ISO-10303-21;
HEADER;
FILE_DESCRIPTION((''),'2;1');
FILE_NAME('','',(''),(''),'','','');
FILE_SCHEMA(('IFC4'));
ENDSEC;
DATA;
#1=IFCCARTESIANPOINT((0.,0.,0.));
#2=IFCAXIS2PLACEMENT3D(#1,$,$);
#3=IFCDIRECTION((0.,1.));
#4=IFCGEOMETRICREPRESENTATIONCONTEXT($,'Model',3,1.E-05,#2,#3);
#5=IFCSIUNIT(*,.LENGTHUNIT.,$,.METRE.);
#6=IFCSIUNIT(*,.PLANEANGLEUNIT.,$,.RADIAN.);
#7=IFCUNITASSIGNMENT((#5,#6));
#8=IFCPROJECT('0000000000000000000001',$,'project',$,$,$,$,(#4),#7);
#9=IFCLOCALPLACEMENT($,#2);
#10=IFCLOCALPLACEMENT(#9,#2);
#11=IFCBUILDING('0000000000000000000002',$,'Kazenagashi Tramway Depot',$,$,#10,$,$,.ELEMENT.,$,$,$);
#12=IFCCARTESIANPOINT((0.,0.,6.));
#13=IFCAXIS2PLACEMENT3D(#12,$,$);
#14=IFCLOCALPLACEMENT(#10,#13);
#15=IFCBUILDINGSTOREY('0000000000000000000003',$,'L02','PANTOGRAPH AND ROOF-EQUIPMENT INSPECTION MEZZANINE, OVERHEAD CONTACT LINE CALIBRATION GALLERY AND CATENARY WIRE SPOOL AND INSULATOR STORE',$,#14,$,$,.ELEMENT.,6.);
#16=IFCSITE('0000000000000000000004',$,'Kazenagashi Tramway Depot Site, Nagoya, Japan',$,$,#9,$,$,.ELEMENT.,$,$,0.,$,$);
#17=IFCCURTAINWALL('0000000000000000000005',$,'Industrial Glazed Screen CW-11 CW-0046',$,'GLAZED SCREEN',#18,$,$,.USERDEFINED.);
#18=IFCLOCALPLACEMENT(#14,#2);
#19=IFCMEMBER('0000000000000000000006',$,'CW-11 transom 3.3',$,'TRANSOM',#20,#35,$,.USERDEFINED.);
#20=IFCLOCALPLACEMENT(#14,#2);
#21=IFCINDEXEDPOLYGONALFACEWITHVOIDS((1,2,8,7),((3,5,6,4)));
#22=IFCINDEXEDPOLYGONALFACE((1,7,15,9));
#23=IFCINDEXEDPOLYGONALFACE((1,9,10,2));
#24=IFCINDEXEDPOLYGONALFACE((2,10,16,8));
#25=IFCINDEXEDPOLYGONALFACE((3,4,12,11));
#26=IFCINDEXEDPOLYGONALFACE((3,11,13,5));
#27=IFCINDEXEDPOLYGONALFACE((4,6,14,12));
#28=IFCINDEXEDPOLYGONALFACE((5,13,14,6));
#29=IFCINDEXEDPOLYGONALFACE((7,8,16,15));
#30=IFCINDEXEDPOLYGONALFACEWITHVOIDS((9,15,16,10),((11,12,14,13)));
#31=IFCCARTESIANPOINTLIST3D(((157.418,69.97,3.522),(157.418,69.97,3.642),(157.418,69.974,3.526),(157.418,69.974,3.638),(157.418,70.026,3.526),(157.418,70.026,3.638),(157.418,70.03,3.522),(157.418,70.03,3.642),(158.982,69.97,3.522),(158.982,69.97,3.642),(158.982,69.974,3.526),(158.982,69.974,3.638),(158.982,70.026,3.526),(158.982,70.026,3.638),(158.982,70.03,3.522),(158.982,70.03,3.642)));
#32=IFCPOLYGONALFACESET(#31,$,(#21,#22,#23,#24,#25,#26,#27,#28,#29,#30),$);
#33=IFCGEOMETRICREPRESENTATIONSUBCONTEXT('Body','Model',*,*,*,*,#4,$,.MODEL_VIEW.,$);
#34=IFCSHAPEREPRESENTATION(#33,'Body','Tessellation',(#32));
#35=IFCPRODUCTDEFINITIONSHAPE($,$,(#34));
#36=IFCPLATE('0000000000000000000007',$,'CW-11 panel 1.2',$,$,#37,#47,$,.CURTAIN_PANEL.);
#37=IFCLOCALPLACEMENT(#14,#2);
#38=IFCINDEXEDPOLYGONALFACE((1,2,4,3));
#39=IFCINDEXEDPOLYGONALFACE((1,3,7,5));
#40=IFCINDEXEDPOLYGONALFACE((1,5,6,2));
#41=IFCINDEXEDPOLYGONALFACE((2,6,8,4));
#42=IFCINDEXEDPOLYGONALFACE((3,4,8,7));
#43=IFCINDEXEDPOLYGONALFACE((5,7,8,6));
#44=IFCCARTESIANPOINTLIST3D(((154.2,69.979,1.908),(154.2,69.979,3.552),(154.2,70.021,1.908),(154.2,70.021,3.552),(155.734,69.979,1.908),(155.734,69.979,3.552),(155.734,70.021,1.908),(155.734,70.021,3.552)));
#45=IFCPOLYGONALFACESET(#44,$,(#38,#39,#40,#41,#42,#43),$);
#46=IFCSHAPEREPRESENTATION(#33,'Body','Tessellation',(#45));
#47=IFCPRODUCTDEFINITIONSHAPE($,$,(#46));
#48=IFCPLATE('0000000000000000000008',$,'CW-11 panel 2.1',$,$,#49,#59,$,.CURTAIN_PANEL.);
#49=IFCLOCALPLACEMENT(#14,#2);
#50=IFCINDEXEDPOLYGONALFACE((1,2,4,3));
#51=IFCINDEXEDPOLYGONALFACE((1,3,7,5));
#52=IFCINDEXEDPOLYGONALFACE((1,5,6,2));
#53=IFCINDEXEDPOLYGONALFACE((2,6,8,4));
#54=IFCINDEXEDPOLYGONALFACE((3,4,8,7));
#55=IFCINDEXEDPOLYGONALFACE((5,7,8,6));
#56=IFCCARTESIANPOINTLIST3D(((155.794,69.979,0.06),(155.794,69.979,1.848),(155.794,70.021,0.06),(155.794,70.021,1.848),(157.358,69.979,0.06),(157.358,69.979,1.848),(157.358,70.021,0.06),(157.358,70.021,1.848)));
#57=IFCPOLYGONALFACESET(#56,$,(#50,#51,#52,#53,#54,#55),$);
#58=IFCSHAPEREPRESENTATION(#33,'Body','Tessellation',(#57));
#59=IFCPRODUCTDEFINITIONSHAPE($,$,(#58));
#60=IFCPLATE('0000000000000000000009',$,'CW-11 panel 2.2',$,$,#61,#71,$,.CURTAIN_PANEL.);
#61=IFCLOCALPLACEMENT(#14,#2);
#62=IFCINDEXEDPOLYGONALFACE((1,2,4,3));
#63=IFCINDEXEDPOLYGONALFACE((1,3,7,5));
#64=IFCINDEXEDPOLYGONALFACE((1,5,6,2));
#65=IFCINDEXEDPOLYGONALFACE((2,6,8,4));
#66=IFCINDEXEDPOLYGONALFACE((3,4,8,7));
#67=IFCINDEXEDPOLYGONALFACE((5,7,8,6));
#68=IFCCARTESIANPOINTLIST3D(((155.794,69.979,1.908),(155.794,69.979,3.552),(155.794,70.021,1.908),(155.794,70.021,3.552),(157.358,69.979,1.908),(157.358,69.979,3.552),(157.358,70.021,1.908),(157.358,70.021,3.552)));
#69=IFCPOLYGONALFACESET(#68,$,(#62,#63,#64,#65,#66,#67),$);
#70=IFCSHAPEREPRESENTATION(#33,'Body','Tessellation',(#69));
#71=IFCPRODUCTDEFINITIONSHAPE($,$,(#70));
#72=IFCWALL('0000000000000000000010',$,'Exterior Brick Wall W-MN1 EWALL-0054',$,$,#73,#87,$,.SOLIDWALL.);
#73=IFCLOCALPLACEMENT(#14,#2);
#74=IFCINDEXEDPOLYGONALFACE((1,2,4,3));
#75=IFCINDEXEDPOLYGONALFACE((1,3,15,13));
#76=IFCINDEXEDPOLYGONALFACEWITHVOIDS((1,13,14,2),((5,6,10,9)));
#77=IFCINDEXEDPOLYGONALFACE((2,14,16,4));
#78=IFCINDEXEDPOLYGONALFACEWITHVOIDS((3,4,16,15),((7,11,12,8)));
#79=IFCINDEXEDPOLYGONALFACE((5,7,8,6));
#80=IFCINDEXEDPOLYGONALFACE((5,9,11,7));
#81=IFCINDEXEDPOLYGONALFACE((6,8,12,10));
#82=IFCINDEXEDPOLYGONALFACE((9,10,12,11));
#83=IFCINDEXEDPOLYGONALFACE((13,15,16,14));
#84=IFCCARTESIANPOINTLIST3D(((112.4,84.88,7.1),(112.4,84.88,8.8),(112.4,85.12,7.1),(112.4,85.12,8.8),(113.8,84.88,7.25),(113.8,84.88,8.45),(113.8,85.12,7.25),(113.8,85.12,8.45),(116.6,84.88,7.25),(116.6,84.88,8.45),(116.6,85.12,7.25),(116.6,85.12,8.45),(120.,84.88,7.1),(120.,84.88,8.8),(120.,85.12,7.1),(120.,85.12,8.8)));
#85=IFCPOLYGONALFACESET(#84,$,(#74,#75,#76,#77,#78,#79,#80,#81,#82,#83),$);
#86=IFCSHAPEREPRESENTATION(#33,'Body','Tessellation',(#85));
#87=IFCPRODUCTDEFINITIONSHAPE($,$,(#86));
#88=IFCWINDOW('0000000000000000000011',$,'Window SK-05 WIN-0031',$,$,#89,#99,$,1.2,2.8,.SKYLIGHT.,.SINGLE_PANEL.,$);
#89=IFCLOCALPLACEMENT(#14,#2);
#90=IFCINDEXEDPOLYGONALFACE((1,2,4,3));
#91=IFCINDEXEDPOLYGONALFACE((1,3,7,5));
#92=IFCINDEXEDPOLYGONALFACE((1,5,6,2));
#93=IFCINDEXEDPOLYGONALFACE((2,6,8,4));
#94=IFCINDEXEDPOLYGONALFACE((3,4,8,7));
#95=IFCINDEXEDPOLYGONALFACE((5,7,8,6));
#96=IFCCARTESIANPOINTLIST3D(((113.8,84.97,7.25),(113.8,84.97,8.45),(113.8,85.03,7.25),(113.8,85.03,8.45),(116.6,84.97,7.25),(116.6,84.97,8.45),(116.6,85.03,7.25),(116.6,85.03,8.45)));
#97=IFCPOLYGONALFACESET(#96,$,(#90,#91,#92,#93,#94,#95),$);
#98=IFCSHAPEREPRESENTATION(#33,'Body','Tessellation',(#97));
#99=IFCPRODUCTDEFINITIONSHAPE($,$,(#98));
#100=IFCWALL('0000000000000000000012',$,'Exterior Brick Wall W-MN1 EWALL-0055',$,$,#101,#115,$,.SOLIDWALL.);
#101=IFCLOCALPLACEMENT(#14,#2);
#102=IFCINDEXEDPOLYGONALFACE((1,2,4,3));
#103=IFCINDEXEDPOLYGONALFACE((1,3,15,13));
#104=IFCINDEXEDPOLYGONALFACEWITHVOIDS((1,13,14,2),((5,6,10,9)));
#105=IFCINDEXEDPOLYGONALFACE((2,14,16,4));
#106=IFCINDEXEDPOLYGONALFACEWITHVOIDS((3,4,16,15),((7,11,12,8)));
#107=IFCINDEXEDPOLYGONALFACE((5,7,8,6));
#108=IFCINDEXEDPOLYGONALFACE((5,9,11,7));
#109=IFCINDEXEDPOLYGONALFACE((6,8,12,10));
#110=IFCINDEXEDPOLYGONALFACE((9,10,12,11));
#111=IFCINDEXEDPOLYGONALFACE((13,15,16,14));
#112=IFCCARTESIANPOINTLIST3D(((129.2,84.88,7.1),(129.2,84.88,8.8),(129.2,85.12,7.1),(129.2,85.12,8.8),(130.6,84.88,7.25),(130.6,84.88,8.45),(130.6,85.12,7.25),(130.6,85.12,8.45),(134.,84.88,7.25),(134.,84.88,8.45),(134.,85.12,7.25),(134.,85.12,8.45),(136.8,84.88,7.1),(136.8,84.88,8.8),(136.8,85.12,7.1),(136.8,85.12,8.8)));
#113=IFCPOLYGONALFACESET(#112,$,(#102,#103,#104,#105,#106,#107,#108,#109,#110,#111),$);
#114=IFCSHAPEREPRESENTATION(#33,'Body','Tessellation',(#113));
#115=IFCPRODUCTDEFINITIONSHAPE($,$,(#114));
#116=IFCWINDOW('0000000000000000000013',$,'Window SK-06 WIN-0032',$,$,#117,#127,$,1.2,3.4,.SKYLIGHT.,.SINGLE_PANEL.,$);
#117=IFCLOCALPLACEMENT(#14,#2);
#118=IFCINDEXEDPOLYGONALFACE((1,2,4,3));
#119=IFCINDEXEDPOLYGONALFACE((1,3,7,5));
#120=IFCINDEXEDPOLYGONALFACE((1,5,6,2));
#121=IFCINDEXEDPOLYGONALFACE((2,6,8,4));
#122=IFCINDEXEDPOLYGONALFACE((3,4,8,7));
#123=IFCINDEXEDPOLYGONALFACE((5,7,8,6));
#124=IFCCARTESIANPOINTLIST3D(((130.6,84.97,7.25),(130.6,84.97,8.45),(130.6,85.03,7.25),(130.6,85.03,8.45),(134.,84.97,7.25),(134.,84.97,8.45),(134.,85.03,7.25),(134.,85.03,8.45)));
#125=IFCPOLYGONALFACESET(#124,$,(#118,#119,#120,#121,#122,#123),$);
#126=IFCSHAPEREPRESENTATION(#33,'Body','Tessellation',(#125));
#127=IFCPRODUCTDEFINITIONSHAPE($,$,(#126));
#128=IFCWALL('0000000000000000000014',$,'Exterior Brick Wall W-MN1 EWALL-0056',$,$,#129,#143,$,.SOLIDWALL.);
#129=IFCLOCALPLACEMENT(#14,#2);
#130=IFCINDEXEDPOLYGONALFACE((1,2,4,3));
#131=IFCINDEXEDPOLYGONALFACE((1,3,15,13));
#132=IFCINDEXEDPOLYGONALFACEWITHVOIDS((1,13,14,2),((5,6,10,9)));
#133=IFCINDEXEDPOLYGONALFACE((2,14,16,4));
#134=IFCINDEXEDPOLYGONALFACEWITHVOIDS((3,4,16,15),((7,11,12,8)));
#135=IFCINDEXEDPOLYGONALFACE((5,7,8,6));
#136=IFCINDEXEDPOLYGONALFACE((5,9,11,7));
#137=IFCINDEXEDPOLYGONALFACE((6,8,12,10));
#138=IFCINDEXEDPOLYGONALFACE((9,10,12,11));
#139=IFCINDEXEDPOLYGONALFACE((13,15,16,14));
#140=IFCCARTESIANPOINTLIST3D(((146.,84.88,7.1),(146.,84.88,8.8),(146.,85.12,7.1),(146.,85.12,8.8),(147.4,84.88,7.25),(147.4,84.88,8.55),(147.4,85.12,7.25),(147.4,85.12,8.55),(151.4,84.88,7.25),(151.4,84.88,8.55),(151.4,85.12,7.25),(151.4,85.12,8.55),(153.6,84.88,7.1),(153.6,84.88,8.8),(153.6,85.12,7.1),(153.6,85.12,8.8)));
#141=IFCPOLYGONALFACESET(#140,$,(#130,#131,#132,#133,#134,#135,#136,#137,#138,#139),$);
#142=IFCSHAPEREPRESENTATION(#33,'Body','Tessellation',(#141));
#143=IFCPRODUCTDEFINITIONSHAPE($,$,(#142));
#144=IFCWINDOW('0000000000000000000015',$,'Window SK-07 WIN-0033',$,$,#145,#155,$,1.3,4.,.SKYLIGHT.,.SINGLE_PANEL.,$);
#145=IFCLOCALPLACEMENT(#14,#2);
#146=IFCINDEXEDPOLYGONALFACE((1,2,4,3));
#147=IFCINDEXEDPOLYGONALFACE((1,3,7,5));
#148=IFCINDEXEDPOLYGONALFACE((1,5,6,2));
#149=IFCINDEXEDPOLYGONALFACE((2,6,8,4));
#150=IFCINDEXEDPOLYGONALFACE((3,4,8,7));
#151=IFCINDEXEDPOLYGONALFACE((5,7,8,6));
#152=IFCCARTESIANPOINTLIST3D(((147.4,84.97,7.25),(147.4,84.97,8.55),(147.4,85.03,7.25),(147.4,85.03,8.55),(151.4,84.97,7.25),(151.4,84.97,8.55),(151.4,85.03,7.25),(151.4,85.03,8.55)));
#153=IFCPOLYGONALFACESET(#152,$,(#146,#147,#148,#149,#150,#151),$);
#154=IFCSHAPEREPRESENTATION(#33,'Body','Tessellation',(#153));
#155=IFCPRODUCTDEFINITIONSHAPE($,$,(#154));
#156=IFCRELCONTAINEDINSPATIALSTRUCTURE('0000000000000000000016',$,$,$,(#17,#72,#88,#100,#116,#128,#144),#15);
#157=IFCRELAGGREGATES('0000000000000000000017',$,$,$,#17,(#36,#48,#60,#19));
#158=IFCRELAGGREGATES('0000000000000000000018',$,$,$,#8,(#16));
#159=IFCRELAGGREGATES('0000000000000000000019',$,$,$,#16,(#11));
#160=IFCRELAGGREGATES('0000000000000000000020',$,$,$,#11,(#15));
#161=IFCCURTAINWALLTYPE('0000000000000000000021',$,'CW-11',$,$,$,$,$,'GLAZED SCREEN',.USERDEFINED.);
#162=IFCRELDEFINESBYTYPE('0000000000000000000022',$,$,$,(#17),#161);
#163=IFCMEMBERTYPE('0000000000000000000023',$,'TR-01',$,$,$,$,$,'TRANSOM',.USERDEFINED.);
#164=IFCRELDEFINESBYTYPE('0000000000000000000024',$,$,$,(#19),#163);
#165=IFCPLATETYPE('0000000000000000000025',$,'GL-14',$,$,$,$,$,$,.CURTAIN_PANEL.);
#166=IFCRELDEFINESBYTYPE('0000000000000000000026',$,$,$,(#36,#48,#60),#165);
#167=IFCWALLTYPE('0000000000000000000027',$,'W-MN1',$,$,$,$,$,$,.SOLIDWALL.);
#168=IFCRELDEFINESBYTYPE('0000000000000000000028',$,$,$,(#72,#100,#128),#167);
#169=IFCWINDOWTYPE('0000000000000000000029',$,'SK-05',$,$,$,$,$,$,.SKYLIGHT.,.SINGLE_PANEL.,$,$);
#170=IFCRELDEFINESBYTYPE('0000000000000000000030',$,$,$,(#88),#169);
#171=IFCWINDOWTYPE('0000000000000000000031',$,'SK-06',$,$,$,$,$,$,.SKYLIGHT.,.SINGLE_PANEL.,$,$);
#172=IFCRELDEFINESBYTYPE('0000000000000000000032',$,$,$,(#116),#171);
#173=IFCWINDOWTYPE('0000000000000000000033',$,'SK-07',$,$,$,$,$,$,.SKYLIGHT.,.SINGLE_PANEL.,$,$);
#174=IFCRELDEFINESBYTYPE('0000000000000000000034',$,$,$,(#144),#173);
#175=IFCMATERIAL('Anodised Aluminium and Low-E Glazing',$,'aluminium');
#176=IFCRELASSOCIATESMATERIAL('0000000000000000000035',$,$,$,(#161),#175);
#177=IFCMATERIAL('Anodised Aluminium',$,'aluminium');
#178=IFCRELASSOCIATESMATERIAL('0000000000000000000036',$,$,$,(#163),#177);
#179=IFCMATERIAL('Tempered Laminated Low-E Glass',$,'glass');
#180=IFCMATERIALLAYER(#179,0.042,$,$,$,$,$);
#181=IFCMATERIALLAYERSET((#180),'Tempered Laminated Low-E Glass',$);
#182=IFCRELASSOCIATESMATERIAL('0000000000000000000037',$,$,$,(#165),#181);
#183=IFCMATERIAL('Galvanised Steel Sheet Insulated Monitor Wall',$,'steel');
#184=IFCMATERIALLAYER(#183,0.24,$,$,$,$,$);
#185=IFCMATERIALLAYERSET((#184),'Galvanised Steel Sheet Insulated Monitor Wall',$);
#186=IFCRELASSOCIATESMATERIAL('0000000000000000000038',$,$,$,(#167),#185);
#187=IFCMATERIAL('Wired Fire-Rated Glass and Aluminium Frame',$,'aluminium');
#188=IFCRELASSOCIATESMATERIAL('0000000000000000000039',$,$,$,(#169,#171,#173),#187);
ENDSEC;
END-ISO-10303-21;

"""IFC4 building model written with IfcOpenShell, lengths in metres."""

from ifc_helpers import new_model, si_unit, direction, frame, frame_2d, origin, origin_2d, place, context, subcontext, project, spatial, rectangle, hollow_rectangle, extrude, material, layer, layer_set, material_profile, profile_set, type_object, element, fill, aggregate, save


model = new_model("IFC4")

# Units and contexts
model_context = context("Model", 3, precision=1e-05, world=origin(), true_north=direction((0.0, 1.0)))
body_context = subcontext(model_context, "Body", "Model", "MODEL_VIEW")
ifc_project = project(units=[si_unit("LENGTHUNIT", "METRE"), si_unit("PLANEANGLEUNIT", "RADIAN")], contexts=[model_context])

# Site, building, storey
site_placement = place(None, origin())
site = spatial("IfcSite", under=ifc_project, at=site_placement, Name="Kazenagashi Tramway Depot Site, Nagoya, Japan", CompositionType="ELEMENT", RefElevation=0.0)
building_placement = place(site_placement, origin())
building = spatial("IfcBuilding", under=site, at=building_placement, Name="Kazenagashi Tramway Depot", CompositionType="ELEMENT")
storey_placement = place(building_placement, frame((0.0, 0.0, 6.0)))
storey = spatial("IfcBuildingStorey", under=building, at=storey_placement, Name="L02", Description="PANTOGRAPH AND ROOF-EQUIPMENT INSPECTION MEZZANINE, OVERHEAD CONTACT LINE CALIBRATION GALLERY AND CATENARY WIRE SPOOL AND INSULATOR STORE", CompositionType="ELEMENT", Elevation=6.0)

# Curtain wall
ifc_material_1 = material(Name="Anodised Aluminium and Low-E Glazing", Category="aluminium")
curtain_wall_type = type_object("IfcCurtainWallType", Name="CW-11", ElementType="GLAZED SCREEN", PredefinedType="USERDEFINED", material=ifc_material_1)
curtain_wall_placement = place(storey_placement, origin())
curtain_wall = element("IfcCurtainWall", 1, at=curtain_wall_placement, inside=storey, type_object=curtain_wall_type, Name="Industrial Glazed Screen CW-11 CW-0046", ObjectType="GLAZED SCREEN", PredefinedType="USERDEFINED")
ifc_material_2 = material(Name="Anodised Aluminium", Category="aluminium")

# Member
ifc_material_profile_1 = material_profile(ifc_material_2, hollow_rectangle(XDim=0.06, YDim=0.12, WallThickness=0.004, at=origin_2d()), Name="RHS-120x60x4")
ifc_profile_set_1 = profile_set([ifc_material_profile_1], Name="Anodised Aluminium")
member_type_1 = type_object("IfcMemberType", Name="TR-01", ElementType="TRANSOM", PredefinedType="USERDEFINED", material=ifc_profile_set_1)
member_1_placement = place(storey_placement, frame((157.418, 70.0, 3.582), z_axis=(1.0, 0.0, 0.0), x_axis=(0.0, 1.0, 0.0)))
member_1 = element("IfcMember", 2, at=member_1_placement, type_object=member_type_1, Name="CW-11 transom 3.3", ObjectType="TRANSOM", PredefinedType="USERDEFINED", context=body_context, shape_type="SweptSolid", body=[
    extrude(hollow_rectangle(XDim=0.06, YDim=0.12, WallThickness=0.004, at=origin_2d()), origin(), (0.0, 0.0, 1.0), 1.564),
])

# Plates
ifc_material_3 = material(Name="Tempered Laminated Low-E Glass", Category="glass")
ifc_layer_1 = layer(ifc_material_3, 0.042)
ifc_layer_set_1 = layer_set([ifc_layer_1], Name="Tempered Laminated Low-E Glass")
plate_type = type_object("IfcPlateType", Name="GL-14", PredefinedType="CURTAIN_PANEL", material=ifc_layer_set_1)
plate_1_placement = place(storey_placement, frame((154.967, 70.0, 1.908), z_axis=(0.0, 0.0, 1.0), x_axis=(1.0, 0.0, 0.0)))
plate_1 = element("IfcPlate", 3, at=plate_1_placement, type_object=plate_type, Name="CW-11 panel 1.2", PredefinedType="CURTAIN_PANEL", context=body_context, shape_type="SweptSolid", body=[
    extrude(rectangle(XDim=1.534, YDim=0.042, at=origin_2d()), origin(), (0.0, 0.0, 1.0), 1.644),
])
plate_2_placement = place(storey_placement, frame((156.576, 70.0, 0.06), z_axis=(0.0, 0.0, 1.0), x_axis=(1.0, 0.0, 0.0)))
plate_2 = element("IfcPlate", 4, at=plate_2_placement, type_object=plate_type, Name="CW-11 panel 2.1", PredefinedType="CURTAIN_PANEL", context=body_context, shape_type="SweptSolid", body=[
    extrude(rectangle(XDim=1.564, YDim=0.042, at=origin_2d()), origin(), (0.0, 0.0, 1.0), 1.788),
])
plate_3_placement = place(storey_placement, frame((156.576, 70.0, 1.908), z_axis=(0.0, 0.0, 1.0), x_axis=(1.0, 0.0, 0.0)))
plate_3 = element("IfcPlate", 5, at=plate_3_placement, type_object=plate_type, Name="CW-11 panel 2.2", PredefinedType="CURTAIN_PANEL", context=body_context, shape_type="SweptSolid", body=[
    extrude(rectangle(XDim=1.564, YDim=0.042, at=origin_2d()), origin(), (0.0, 0.0, 1.0), 1.644),
])
aggregate(curtain_wall, [plate_1, plate_2, plate_3, member_1])

# Walls, openings, windows
ifc_material_4 = material(Name="Galvanised Steel Sheet Insulated Monitor Wall", Category="steel")
ifc_layer_2 = layer(ifc_material_4, 0.24)
ifc_layer_set_2 = layer_set([ifc_layer_2], Name="Galvanised Steel Sheet Insulated Monitor Wall")
wall_type = type_object("IfcWallType", Name="W-MN1", PredefinedType="SOLIDWALL", material=ifc_layer_set_2)
wall_1_placement = place(storey_placement, frame((112.4, 85.0, 7.1), z_axis=(0.0, 0.0, 1.0), x_axis=(1.0, 0.0, 0.0)))
wall_1 = element("IfcWall", 6, at=wall_1_placement, inside=storey, type_object=wall_type, Name="Exterior Brick Wall W-MN1 EWALL-0054", PredefinedType="SOLIDWALL", context=body_context, shape_type="SweptSolid", body=[
    extrude(rectangle(XDim=7.6, YDim=0.24, at=frame_2d((3.8, 0.0))), origin(), (0.0, 0.0, 1.0), 1.7),
])
opening_1_placement = place(wall_1_placement, frame((1.4, 0.0, 0.15)))
opening_1 = element("IfcOpeningElement", 7, at=opening_1_placement, cuts=wall_1, PredefinedType="OPENING", context=body_context, shape_type="SweptSolid", body=[
    extrude(rectangle(XDim=2.8, YDim=1.2, at=frame_2d((1.4, 0.6))), frame((0.0, 0.13, 0.0), z_axis=(0.0, -1.0, 0.0), x_axis=(1.0, 0.0, 0.0)), (0.0, 0.0, 1.0), 0.26),
])
ifc_material_5 = material(Name="Wired Fire-Rated Glass and Aluminium Frame", Category="aluminium")
window_type_1 = type_object("IfcWindowType", Name="SK-05", PartitioningType="SINGLE_PANEL", PredefinedType="SKYLIGHT", material=ifc_material_5)
window_1_placement = place(opening_1_placement, origin())
window_1 = element("IfcWindow", 8, at=window_1_placement, inside=storey, type_object=window_type_1, Name="Window SK-05 WIN-0031", OverallHeight=1.2, OverallWidth=2.8, PartitioningType="SINGLE_PANEL", PredefinedType="SKYLIGHT", context=body_context, shape_type="SweptSolid", body=[
    extrude(rectangle(XDim=2.8, YDim=1.2, at=frame_2d((1.4, 0.6))), frame((0.0, 0.03, 0.0), z_axis=(0.0, -1.0, 0.0), x_axis=(1.0, 0.0, 0.0)), (0.0, 0.0, 1.0), 0.06),
])
fill(opening_1, window_1)
wall_2_placement = place(storey_placement, frame((129.2, 85.0, 7.1), z_axis=(0.0, 0.0, 1.0), x_axis=(1.0, 0.0, 0.0)))
wall_2 = element("IfcWall", 9, at=wall_2_placement, inside=storey, type_object=wall_type, Name="Exterior Brick Wall W-MN1 EWALL-0055", PredefinedType="SOLIDWALL", context=body_context, shape_type="SweptSolid", body=[
    extrude(rectangle(XDim=7.6, YDim=0.24, at=frame_2d((3.8, 0.0))), origin(), (0.0, 0.0, 1.0), 1.7),
])
opening_2_placement = place(wall_2_placement, frame((1.4, 0.0, 0.15)))
opening_2 = element("IfcOpeningElement", 10, at=opening_2_placement, cuts=wall_2, PredefinedType="OPENING", context=body_context, shape_type="SweptSolid", body=[
    extrude(rectangle(XDim=3.4, YDim=1.2, at=frame_2d((1.7, 0.6))), frame((0.0, 0.13, 0.0), z_axis=(0.0, -1.0, 0.0), x_axis=(1.0, 0.0, 0.0)), (0.0, 0.0, 1.0), 0.26),
])
window_type_2 = type_object("IfcWindowType", Name="SK-06", PartitioningType="SINGLE_PANEL", PredefinedType="SKYLIGHT", material=ifc_material_5)
window_2_placement = place(opening_2_placement, origin())
window_2 = element("IfcWindow", 11, at=window_2_placement, inside=storey, type_object=window_type_2, Name="Window SK-06 WIN-0032", OverallHeight=1.2, OverallWidth=3.4, PartitioningType="SINGLE_PANEL", PredefinedType="SKYLIGHT", context=body_context, shape_type="SweptSolid", body=[
    extrude(rectangle(XDim=3.4, YDim=1.2, at=frame_2d((1.7, 0.6))), frame((0.0, 0.03, 0.0), z_axis=(0.0, -1.0, 0.0), x_axis=(1.0, 0.0, 0.0)), (0.0, 0.0, 1.0), 0.06),
])
fill(opening_2, window_2)
wall_3_placement = place(storey_placement, frame((146.0, 85.0, 7.1), z_axis=(0.0, 0.0, 1.0), x_axis=(1.0, 0.0, 0.0)))
wall_3 = element("IfcWall", 12, at=wall_3_placement, inside=storey, type_object=wall_type, Name="Exterior Brick Wall W-MN1 EWALL-0056", PredefinedType="SOLIDWALL", context=body_context, shape_type="SweptSolid", body=[
    extrude(rectangle(XDim=7.6, YDim=0.24, at=frame_2d((3.8, 0.0))), origin(), (0.0, 0.0, 1.0), 1.7),
])
opening_3_placement = place(wall_3_placement, frame((1.4, 0.0, 0.15)))
opening_3 = element("IfcOpeningElement", 13, at=opening_3_placement, cuts=wall_3, PredefinedType="OPENING", context=body_context, shape_type="SweptSolid", body=[
    extrude(rectangle(XDim=4.0, YDim=1.3, at=frame_2d((2.0, 0.65))), frame((0.0, 0.13, 0.0), z_axis=(0.0, -1.0, 0.0), x_axis=(1.0, 0.0, 0.0)), (0.0, 0.0, 1.0), 0.26),
])
window_type_3 = type_object("IfcWindowType", Name="SK-07", PartitioningType="SINGLE_PANEL", PredefinedType="SKYLIGHT", material=ifc_material_5)
window_3_placement = place(opening_3_placement, origin())
window_3 = element("IfcWindow", 14, at=window_3_placement, inside=storey, type_object=window_type_3, Name="Window SK-07 WIN-0033", OverallHeight=1.3, OverallWidth=4.0, PartitioningType="SINGLE_PANEL", PredefinedType="SKYLIGHT", context=body_context, shape_type="SweptSolid", body=[
    extrude(rectangle(XDim=4.0, YDim=1.3, at=frame_2d((2.0, 0.65))), frame((0.0, 0.03, 0.0), z_axis=(0.0, -1.0, 0.0), x_axis=(1.0, 0.0, 0.0)), (0.0, 0.0, 1.0), 0.06),
])
fill(opening_3, window_3)

save(model, "model.ifc")
